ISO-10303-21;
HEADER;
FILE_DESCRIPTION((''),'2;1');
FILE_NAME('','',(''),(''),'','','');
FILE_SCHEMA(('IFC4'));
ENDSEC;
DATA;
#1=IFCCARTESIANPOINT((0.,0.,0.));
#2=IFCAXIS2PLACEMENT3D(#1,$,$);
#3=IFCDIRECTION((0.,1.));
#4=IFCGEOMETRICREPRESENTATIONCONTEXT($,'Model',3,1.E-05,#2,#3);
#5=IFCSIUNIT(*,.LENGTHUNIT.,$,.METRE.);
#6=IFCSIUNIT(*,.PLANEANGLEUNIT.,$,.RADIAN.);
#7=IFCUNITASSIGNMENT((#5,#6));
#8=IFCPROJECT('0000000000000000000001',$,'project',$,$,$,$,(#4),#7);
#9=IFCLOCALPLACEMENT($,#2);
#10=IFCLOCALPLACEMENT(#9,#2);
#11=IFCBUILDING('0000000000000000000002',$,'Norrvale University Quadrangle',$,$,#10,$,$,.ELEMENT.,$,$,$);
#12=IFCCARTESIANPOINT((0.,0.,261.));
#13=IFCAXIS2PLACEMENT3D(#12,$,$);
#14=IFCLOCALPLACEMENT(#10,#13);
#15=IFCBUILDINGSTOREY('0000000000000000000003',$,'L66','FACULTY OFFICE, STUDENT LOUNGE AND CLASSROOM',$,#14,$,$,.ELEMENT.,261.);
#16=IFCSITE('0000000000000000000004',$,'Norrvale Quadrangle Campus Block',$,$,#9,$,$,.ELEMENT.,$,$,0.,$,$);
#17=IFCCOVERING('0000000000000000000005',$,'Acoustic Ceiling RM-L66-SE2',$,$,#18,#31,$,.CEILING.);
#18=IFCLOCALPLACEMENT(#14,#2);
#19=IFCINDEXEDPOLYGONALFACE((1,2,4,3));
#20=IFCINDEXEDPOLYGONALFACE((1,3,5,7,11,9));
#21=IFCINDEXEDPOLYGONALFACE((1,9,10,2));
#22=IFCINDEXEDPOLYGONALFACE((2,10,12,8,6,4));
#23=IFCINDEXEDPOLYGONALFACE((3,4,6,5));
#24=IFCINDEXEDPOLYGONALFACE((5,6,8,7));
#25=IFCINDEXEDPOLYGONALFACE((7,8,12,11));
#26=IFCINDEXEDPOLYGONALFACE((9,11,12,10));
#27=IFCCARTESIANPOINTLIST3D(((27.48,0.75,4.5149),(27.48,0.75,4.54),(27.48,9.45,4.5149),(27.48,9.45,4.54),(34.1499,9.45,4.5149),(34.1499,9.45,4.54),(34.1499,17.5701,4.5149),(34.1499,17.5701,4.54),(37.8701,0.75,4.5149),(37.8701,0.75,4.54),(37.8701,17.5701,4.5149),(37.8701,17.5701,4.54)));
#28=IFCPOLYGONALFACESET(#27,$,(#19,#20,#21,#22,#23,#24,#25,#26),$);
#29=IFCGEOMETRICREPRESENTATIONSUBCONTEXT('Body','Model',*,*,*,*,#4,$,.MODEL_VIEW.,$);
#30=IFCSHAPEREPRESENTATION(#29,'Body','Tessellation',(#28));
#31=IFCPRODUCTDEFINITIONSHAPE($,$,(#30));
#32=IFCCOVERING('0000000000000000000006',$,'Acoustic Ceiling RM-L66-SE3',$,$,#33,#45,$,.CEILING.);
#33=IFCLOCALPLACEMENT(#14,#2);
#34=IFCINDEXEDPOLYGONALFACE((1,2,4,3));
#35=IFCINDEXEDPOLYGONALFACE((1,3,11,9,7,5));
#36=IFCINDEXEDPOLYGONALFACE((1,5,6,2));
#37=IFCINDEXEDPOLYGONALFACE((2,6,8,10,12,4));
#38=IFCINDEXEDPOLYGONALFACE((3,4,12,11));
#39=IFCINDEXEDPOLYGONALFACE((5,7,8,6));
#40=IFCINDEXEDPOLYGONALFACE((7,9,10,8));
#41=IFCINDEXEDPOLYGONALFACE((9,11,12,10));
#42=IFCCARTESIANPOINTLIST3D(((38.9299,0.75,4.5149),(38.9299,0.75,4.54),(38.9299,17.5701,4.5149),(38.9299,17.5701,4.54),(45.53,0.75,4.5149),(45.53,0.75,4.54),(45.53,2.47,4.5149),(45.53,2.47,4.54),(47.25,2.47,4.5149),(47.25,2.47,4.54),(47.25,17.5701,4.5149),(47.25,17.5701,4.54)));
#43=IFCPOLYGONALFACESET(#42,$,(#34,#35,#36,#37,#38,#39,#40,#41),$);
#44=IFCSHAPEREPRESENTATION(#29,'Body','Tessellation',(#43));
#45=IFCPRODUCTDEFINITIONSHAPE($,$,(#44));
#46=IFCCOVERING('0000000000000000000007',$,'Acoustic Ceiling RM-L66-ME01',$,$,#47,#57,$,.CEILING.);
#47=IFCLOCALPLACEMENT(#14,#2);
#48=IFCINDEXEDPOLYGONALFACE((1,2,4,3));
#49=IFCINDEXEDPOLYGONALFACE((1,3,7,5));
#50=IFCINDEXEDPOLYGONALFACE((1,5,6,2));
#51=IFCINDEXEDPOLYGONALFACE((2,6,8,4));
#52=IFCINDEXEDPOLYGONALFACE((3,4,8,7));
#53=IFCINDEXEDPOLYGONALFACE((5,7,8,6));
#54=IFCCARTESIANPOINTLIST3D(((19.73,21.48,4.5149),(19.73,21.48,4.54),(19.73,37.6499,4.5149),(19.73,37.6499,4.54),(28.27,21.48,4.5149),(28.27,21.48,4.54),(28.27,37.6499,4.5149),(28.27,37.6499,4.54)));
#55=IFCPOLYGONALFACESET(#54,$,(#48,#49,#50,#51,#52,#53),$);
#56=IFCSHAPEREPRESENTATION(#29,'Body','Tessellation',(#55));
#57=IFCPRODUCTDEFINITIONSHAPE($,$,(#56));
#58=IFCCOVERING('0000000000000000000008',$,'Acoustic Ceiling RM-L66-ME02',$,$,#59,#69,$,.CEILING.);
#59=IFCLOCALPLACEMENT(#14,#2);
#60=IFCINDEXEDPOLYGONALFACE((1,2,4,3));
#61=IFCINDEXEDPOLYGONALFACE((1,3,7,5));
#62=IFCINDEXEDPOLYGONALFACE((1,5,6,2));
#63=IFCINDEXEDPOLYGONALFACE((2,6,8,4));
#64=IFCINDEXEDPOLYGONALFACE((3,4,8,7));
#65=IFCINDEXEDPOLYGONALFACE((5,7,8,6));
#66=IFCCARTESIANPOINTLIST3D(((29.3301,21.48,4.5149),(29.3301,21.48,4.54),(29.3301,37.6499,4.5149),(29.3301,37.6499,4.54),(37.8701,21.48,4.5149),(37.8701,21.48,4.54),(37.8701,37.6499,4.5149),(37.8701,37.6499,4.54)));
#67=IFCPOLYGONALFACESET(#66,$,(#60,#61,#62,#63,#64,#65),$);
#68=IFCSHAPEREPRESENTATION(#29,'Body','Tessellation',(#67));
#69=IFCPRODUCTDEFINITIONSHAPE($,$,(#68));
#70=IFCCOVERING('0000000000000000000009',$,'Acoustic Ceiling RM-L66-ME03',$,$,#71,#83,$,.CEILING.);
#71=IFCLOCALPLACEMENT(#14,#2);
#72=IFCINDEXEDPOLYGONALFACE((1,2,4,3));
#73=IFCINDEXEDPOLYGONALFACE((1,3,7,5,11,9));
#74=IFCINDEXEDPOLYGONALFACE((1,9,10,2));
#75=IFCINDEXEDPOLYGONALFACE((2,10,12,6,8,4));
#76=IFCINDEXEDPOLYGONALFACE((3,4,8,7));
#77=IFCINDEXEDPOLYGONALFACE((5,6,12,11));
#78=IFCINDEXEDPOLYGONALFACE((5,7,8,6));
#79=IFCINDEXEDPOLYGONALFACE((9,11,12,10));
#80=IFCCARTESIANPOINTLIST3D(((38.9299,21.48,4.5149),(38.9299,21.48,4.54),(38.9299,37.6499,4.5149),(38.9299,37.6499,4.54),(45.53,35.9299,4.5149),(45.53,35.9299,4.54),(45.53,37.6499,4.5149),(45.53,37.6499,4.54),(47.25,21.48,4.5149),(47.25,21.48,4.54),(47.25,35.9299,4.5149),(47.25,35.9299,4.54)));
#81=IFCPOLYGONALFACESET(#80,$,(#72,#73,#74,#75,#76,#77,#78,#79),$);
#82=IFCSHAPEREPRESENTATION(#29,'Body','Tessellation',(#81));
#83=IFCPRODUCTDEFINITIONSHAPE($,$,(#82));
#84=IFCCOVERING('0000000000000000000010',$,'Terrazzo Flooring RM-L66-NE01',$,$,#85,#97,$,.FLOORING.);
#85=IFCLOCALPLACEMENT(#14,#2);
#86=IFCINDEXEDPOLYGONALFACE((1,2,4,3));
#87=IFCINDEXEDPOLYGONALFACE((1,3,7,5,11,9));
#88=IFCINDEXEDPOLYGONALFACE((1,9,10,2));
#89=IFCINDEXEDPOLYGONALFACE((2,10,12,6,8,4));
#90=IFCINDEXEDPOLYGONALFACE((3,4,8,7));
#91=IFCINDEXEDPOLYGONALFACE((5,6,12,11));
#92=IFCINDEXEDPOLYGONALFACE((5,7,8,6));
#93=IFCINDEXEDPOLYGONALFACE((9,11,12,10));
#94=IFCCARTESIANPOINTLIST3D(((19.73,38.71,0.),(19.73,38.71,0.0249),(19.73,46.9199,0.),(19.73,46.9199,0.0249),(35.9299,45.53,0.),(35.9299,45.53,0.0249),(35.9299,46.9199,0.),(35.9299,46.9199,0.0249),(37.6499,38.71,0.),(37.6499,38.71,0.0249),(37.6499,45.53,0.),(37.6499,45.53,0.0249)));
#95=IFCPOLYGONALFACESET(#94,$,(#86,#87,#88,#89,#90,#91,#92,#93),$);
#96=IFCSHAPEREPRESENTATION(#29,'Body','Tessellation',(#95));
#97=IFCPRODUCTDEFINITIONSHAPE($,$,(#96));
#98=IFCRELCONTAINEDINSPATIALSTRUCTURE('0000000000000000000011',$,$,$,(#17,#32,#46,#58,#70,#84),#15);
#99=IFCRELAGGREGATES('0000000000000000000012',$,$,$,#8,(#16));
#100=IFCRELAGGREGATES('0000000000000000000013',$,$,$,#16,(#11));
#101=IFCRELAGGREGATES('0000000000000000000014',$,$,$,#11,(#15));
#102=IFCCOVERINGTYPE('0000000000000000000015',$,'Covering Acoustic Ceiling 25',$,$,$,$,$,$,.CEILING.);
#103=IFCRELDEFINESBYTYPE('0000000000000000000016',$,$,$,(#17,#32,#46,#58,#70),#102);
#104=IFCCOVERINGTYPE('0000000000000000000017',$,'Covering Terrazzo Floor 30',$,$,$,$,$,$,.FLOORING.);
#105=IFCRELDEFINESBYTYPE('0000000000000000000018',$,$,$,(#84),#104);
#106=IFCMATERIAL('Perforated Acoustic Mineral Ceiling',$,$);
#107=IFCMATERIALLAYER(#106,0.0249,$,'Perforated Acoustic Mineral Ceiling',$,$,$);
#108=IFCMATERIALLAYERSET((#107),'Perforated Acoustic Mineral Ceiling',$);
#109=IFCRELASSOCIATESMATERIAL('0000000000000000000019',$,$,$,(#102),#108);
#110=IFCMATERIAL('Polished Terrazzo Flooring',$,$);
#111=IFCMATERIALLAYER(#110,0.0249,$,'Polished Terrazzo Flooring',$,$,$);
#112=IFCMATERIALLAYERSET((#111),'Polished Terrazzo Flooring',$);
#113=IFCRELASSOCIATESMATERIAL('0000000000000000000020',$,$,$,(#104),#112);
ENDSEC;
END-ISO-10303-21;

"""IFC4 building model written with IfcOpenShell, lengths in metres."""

from ifc_helpers import new_model, si_unit, direction, frame, origin, place, context, subcontext, project, spatial, polyline, outline, extrude, material, layer, layer_set, type_object, element, save


model = new_model("IFC4")

# Units and contexts
model_context = context("Model", 3, precision=1e-05, world=origin(), true_north=direction((0.0, 1.0)))
body_context = subcontext(model_context, "Body", "Model", "MODEL_VIEW")
ifc_project = project(units=[si_unit("LENGTHUNIT", "METRE"), si_unit("PLANEANGLEUNIT", "RADIAN")], contexts=[model_context])

# Site, building, storey
site_placement = place(None, origin())
site = spatial("IfcSite", under=ifc_project, at=site_placement, Name="Norrvale Quadrangle Campus Block", CompositionType="ELEMENT", RefElevation=0.0)
building_placement = place(site_placement, origin())
building = spatial("IfcBuilding", under=site, at=building_placement, Name="Norrvale University Quadrangle", CompositionType="ELEMENT")
storey_placement = place(building_placement, frame((0.0, 0.0, 261.0)))
storey = spatial("IfcBuildingStorey", under=building, at=storey_placement, Name="L66", Description="FACULTY OFFICE, STUDENT LOUNGE AND CLASSROOM", CompositionType="ELEMENT", Elevation=261.0)

# Coverings
ifc_material_1 = material(Name="Perforated Acoustic Mineral Ceiling")
ifc_layer_1 = layer(ifc_material_1, 0.0249, Name="Perforated Acoustic Mineral Ceiling")
ifc_layer_set_1 = layer_set([ifc_layer_1], Name="Perforated Acoustic Mineral Ceiling")
covering_type_1 = type_object("IfcCoveringType", Name="Covering Acoustic Ceiling 25", PredefinedType="CEILING", material=ifc_layer_set_1)
covering_1_placement = place(storey_placement, frame((0.0, 0.0, 4.5149)))
element("IfcCovering", 1, at=covering_1_placement, inside=storey, type_object=covering_type_1, Name="Acoustic Ceiling RM-L66-SE2", PredefinedType="CEILING", context=body_context, shape_type="SweptSolid", body=[
    extrude(outline(polyline([(27.48, 9.45), (34.1499, 9.45), (34.1499, 17.5701), (37.8701, 17.5701), (37.8701, 0.75), (27.48, 0.75), (27.48, 9.45)])), origin(), (0.0, 0.0, 1.0), 0.0251),
])
covering_2_placement = place(storey_placement, frame((0.0, 0.0, 4.5149)))
element("IfcCovering", 2, at=covering_2_placement, inside=storey, type_object=covering_type_1, Name="Acoustic Ceiling RM-L66-SE3", PredefinedType="CEILING", context=body_context, shape_type="SweptSolid", body=[
    extrude(outline(polyline([(38.9299, 0.75), (38.9299, 17.5701), (47.25, 17.5701), (47.25, 2.47), (45.53, 2.47), (45.53, 0.75), (38.9299, 0.75)])), origin(), (0.0, 0.0, 1.0), 0.0251),
])
covering_3_placement = place(storey_placement, frame((0.0, 0.0, 4.5149)))
element("IfcCovering", 3, at=covering_3_placement, inside=storey, type_object=covering_type_1, Name="Acoustic Ceiling RM-L66-ME01", PredefinedType="CEILING", context=body_context, shape_type="SweptSolid", body=[
    extrude(outline(polyline([(19.73, 37.6499), (28.27, 37.6499), (28.27, 21.48), (19.73, 21.48), (19.73, 37.6499)])), origin(), (0.0, 0.0, 1.0), 0.0251),
])
covering_4_placement = place(storey_placement, frame((0.0, 0.0, 4.5149)))
element("IfcCovering", 4, at=covering_4_placement, inside=storey, type_object=covering_type_1, Name="Acoustic Ceiling RM-L66-ME02", PredefinedType="CEILING", context=body_context, shape_type="SweptSolid", body=[
    extrude(outline(polyline([(29.3301, 37.6499), (37.8701, 37.6499), (37.8701, 21.48), (29.3301, 21.48), (29.3301, 37.6499)])), origin(), (0.0, 0.0, 1.0), 0.0251),
])
covering_5_placement = place(storey_placement, frame((0.0, 0.0, 4.5149)))
element("IfcCovering", 5, at=covering_5_placement, inside=storey, type_object=covering_type_1, Name="Acoustic Ceiling RM-L66-ME03", PredefinedType="CEILING", context=body_context, shape_type="SweptSolid", body=[
    extrude(outline(polyline([(47.25, 21.48), (38.9299, 21.48), (38.9299, 37.6499), (45.53, 37.6499), (45.53, 35.9299), (47.25, 35.9299), (47.25, 21.48)])), origin(), (0.0, 0.0, 1.0), 0.0251),
])
ifc_material_2 = material(Name="Polished Terrazzo Flooring")
ifc_layer_2 = layer(ifc_material_2, 0.0249, Name="Polished Terrazzo Flooring")
ifc_layer_set_2 = layer_set([ifc_layer_2], Name="Polished Terrazzo Flooring")
covering_type_2 = type_object("IfcCoveringType", Name="Covering Terrazzo Floor 30", PredefinedType="FLOORING", material=ifc_layer_set_2)
covering_6_placement = place(storey_placement, origin())
element("IfcCovering", 6, at=covering_6_placement, inside=storey, type_object=covering_type_2, Name="Terrazzo Flooring RM-L66-NE01", PredefinedType="FLOORING", context=body_context, shape_type="SweptSolid", body=[
    extrude(outline(polyline([(37.6499, 38.71), (19.73, 38.71), (19.73, 46.9199), (35.9299, 46.9199), (35.9299, 45.53), (37.6499, 45.53), (37.6499, 38.71)])), origin(), (0.0, 0.0, 1.0), 0.0249),
])

save(model, "model.ifc")
